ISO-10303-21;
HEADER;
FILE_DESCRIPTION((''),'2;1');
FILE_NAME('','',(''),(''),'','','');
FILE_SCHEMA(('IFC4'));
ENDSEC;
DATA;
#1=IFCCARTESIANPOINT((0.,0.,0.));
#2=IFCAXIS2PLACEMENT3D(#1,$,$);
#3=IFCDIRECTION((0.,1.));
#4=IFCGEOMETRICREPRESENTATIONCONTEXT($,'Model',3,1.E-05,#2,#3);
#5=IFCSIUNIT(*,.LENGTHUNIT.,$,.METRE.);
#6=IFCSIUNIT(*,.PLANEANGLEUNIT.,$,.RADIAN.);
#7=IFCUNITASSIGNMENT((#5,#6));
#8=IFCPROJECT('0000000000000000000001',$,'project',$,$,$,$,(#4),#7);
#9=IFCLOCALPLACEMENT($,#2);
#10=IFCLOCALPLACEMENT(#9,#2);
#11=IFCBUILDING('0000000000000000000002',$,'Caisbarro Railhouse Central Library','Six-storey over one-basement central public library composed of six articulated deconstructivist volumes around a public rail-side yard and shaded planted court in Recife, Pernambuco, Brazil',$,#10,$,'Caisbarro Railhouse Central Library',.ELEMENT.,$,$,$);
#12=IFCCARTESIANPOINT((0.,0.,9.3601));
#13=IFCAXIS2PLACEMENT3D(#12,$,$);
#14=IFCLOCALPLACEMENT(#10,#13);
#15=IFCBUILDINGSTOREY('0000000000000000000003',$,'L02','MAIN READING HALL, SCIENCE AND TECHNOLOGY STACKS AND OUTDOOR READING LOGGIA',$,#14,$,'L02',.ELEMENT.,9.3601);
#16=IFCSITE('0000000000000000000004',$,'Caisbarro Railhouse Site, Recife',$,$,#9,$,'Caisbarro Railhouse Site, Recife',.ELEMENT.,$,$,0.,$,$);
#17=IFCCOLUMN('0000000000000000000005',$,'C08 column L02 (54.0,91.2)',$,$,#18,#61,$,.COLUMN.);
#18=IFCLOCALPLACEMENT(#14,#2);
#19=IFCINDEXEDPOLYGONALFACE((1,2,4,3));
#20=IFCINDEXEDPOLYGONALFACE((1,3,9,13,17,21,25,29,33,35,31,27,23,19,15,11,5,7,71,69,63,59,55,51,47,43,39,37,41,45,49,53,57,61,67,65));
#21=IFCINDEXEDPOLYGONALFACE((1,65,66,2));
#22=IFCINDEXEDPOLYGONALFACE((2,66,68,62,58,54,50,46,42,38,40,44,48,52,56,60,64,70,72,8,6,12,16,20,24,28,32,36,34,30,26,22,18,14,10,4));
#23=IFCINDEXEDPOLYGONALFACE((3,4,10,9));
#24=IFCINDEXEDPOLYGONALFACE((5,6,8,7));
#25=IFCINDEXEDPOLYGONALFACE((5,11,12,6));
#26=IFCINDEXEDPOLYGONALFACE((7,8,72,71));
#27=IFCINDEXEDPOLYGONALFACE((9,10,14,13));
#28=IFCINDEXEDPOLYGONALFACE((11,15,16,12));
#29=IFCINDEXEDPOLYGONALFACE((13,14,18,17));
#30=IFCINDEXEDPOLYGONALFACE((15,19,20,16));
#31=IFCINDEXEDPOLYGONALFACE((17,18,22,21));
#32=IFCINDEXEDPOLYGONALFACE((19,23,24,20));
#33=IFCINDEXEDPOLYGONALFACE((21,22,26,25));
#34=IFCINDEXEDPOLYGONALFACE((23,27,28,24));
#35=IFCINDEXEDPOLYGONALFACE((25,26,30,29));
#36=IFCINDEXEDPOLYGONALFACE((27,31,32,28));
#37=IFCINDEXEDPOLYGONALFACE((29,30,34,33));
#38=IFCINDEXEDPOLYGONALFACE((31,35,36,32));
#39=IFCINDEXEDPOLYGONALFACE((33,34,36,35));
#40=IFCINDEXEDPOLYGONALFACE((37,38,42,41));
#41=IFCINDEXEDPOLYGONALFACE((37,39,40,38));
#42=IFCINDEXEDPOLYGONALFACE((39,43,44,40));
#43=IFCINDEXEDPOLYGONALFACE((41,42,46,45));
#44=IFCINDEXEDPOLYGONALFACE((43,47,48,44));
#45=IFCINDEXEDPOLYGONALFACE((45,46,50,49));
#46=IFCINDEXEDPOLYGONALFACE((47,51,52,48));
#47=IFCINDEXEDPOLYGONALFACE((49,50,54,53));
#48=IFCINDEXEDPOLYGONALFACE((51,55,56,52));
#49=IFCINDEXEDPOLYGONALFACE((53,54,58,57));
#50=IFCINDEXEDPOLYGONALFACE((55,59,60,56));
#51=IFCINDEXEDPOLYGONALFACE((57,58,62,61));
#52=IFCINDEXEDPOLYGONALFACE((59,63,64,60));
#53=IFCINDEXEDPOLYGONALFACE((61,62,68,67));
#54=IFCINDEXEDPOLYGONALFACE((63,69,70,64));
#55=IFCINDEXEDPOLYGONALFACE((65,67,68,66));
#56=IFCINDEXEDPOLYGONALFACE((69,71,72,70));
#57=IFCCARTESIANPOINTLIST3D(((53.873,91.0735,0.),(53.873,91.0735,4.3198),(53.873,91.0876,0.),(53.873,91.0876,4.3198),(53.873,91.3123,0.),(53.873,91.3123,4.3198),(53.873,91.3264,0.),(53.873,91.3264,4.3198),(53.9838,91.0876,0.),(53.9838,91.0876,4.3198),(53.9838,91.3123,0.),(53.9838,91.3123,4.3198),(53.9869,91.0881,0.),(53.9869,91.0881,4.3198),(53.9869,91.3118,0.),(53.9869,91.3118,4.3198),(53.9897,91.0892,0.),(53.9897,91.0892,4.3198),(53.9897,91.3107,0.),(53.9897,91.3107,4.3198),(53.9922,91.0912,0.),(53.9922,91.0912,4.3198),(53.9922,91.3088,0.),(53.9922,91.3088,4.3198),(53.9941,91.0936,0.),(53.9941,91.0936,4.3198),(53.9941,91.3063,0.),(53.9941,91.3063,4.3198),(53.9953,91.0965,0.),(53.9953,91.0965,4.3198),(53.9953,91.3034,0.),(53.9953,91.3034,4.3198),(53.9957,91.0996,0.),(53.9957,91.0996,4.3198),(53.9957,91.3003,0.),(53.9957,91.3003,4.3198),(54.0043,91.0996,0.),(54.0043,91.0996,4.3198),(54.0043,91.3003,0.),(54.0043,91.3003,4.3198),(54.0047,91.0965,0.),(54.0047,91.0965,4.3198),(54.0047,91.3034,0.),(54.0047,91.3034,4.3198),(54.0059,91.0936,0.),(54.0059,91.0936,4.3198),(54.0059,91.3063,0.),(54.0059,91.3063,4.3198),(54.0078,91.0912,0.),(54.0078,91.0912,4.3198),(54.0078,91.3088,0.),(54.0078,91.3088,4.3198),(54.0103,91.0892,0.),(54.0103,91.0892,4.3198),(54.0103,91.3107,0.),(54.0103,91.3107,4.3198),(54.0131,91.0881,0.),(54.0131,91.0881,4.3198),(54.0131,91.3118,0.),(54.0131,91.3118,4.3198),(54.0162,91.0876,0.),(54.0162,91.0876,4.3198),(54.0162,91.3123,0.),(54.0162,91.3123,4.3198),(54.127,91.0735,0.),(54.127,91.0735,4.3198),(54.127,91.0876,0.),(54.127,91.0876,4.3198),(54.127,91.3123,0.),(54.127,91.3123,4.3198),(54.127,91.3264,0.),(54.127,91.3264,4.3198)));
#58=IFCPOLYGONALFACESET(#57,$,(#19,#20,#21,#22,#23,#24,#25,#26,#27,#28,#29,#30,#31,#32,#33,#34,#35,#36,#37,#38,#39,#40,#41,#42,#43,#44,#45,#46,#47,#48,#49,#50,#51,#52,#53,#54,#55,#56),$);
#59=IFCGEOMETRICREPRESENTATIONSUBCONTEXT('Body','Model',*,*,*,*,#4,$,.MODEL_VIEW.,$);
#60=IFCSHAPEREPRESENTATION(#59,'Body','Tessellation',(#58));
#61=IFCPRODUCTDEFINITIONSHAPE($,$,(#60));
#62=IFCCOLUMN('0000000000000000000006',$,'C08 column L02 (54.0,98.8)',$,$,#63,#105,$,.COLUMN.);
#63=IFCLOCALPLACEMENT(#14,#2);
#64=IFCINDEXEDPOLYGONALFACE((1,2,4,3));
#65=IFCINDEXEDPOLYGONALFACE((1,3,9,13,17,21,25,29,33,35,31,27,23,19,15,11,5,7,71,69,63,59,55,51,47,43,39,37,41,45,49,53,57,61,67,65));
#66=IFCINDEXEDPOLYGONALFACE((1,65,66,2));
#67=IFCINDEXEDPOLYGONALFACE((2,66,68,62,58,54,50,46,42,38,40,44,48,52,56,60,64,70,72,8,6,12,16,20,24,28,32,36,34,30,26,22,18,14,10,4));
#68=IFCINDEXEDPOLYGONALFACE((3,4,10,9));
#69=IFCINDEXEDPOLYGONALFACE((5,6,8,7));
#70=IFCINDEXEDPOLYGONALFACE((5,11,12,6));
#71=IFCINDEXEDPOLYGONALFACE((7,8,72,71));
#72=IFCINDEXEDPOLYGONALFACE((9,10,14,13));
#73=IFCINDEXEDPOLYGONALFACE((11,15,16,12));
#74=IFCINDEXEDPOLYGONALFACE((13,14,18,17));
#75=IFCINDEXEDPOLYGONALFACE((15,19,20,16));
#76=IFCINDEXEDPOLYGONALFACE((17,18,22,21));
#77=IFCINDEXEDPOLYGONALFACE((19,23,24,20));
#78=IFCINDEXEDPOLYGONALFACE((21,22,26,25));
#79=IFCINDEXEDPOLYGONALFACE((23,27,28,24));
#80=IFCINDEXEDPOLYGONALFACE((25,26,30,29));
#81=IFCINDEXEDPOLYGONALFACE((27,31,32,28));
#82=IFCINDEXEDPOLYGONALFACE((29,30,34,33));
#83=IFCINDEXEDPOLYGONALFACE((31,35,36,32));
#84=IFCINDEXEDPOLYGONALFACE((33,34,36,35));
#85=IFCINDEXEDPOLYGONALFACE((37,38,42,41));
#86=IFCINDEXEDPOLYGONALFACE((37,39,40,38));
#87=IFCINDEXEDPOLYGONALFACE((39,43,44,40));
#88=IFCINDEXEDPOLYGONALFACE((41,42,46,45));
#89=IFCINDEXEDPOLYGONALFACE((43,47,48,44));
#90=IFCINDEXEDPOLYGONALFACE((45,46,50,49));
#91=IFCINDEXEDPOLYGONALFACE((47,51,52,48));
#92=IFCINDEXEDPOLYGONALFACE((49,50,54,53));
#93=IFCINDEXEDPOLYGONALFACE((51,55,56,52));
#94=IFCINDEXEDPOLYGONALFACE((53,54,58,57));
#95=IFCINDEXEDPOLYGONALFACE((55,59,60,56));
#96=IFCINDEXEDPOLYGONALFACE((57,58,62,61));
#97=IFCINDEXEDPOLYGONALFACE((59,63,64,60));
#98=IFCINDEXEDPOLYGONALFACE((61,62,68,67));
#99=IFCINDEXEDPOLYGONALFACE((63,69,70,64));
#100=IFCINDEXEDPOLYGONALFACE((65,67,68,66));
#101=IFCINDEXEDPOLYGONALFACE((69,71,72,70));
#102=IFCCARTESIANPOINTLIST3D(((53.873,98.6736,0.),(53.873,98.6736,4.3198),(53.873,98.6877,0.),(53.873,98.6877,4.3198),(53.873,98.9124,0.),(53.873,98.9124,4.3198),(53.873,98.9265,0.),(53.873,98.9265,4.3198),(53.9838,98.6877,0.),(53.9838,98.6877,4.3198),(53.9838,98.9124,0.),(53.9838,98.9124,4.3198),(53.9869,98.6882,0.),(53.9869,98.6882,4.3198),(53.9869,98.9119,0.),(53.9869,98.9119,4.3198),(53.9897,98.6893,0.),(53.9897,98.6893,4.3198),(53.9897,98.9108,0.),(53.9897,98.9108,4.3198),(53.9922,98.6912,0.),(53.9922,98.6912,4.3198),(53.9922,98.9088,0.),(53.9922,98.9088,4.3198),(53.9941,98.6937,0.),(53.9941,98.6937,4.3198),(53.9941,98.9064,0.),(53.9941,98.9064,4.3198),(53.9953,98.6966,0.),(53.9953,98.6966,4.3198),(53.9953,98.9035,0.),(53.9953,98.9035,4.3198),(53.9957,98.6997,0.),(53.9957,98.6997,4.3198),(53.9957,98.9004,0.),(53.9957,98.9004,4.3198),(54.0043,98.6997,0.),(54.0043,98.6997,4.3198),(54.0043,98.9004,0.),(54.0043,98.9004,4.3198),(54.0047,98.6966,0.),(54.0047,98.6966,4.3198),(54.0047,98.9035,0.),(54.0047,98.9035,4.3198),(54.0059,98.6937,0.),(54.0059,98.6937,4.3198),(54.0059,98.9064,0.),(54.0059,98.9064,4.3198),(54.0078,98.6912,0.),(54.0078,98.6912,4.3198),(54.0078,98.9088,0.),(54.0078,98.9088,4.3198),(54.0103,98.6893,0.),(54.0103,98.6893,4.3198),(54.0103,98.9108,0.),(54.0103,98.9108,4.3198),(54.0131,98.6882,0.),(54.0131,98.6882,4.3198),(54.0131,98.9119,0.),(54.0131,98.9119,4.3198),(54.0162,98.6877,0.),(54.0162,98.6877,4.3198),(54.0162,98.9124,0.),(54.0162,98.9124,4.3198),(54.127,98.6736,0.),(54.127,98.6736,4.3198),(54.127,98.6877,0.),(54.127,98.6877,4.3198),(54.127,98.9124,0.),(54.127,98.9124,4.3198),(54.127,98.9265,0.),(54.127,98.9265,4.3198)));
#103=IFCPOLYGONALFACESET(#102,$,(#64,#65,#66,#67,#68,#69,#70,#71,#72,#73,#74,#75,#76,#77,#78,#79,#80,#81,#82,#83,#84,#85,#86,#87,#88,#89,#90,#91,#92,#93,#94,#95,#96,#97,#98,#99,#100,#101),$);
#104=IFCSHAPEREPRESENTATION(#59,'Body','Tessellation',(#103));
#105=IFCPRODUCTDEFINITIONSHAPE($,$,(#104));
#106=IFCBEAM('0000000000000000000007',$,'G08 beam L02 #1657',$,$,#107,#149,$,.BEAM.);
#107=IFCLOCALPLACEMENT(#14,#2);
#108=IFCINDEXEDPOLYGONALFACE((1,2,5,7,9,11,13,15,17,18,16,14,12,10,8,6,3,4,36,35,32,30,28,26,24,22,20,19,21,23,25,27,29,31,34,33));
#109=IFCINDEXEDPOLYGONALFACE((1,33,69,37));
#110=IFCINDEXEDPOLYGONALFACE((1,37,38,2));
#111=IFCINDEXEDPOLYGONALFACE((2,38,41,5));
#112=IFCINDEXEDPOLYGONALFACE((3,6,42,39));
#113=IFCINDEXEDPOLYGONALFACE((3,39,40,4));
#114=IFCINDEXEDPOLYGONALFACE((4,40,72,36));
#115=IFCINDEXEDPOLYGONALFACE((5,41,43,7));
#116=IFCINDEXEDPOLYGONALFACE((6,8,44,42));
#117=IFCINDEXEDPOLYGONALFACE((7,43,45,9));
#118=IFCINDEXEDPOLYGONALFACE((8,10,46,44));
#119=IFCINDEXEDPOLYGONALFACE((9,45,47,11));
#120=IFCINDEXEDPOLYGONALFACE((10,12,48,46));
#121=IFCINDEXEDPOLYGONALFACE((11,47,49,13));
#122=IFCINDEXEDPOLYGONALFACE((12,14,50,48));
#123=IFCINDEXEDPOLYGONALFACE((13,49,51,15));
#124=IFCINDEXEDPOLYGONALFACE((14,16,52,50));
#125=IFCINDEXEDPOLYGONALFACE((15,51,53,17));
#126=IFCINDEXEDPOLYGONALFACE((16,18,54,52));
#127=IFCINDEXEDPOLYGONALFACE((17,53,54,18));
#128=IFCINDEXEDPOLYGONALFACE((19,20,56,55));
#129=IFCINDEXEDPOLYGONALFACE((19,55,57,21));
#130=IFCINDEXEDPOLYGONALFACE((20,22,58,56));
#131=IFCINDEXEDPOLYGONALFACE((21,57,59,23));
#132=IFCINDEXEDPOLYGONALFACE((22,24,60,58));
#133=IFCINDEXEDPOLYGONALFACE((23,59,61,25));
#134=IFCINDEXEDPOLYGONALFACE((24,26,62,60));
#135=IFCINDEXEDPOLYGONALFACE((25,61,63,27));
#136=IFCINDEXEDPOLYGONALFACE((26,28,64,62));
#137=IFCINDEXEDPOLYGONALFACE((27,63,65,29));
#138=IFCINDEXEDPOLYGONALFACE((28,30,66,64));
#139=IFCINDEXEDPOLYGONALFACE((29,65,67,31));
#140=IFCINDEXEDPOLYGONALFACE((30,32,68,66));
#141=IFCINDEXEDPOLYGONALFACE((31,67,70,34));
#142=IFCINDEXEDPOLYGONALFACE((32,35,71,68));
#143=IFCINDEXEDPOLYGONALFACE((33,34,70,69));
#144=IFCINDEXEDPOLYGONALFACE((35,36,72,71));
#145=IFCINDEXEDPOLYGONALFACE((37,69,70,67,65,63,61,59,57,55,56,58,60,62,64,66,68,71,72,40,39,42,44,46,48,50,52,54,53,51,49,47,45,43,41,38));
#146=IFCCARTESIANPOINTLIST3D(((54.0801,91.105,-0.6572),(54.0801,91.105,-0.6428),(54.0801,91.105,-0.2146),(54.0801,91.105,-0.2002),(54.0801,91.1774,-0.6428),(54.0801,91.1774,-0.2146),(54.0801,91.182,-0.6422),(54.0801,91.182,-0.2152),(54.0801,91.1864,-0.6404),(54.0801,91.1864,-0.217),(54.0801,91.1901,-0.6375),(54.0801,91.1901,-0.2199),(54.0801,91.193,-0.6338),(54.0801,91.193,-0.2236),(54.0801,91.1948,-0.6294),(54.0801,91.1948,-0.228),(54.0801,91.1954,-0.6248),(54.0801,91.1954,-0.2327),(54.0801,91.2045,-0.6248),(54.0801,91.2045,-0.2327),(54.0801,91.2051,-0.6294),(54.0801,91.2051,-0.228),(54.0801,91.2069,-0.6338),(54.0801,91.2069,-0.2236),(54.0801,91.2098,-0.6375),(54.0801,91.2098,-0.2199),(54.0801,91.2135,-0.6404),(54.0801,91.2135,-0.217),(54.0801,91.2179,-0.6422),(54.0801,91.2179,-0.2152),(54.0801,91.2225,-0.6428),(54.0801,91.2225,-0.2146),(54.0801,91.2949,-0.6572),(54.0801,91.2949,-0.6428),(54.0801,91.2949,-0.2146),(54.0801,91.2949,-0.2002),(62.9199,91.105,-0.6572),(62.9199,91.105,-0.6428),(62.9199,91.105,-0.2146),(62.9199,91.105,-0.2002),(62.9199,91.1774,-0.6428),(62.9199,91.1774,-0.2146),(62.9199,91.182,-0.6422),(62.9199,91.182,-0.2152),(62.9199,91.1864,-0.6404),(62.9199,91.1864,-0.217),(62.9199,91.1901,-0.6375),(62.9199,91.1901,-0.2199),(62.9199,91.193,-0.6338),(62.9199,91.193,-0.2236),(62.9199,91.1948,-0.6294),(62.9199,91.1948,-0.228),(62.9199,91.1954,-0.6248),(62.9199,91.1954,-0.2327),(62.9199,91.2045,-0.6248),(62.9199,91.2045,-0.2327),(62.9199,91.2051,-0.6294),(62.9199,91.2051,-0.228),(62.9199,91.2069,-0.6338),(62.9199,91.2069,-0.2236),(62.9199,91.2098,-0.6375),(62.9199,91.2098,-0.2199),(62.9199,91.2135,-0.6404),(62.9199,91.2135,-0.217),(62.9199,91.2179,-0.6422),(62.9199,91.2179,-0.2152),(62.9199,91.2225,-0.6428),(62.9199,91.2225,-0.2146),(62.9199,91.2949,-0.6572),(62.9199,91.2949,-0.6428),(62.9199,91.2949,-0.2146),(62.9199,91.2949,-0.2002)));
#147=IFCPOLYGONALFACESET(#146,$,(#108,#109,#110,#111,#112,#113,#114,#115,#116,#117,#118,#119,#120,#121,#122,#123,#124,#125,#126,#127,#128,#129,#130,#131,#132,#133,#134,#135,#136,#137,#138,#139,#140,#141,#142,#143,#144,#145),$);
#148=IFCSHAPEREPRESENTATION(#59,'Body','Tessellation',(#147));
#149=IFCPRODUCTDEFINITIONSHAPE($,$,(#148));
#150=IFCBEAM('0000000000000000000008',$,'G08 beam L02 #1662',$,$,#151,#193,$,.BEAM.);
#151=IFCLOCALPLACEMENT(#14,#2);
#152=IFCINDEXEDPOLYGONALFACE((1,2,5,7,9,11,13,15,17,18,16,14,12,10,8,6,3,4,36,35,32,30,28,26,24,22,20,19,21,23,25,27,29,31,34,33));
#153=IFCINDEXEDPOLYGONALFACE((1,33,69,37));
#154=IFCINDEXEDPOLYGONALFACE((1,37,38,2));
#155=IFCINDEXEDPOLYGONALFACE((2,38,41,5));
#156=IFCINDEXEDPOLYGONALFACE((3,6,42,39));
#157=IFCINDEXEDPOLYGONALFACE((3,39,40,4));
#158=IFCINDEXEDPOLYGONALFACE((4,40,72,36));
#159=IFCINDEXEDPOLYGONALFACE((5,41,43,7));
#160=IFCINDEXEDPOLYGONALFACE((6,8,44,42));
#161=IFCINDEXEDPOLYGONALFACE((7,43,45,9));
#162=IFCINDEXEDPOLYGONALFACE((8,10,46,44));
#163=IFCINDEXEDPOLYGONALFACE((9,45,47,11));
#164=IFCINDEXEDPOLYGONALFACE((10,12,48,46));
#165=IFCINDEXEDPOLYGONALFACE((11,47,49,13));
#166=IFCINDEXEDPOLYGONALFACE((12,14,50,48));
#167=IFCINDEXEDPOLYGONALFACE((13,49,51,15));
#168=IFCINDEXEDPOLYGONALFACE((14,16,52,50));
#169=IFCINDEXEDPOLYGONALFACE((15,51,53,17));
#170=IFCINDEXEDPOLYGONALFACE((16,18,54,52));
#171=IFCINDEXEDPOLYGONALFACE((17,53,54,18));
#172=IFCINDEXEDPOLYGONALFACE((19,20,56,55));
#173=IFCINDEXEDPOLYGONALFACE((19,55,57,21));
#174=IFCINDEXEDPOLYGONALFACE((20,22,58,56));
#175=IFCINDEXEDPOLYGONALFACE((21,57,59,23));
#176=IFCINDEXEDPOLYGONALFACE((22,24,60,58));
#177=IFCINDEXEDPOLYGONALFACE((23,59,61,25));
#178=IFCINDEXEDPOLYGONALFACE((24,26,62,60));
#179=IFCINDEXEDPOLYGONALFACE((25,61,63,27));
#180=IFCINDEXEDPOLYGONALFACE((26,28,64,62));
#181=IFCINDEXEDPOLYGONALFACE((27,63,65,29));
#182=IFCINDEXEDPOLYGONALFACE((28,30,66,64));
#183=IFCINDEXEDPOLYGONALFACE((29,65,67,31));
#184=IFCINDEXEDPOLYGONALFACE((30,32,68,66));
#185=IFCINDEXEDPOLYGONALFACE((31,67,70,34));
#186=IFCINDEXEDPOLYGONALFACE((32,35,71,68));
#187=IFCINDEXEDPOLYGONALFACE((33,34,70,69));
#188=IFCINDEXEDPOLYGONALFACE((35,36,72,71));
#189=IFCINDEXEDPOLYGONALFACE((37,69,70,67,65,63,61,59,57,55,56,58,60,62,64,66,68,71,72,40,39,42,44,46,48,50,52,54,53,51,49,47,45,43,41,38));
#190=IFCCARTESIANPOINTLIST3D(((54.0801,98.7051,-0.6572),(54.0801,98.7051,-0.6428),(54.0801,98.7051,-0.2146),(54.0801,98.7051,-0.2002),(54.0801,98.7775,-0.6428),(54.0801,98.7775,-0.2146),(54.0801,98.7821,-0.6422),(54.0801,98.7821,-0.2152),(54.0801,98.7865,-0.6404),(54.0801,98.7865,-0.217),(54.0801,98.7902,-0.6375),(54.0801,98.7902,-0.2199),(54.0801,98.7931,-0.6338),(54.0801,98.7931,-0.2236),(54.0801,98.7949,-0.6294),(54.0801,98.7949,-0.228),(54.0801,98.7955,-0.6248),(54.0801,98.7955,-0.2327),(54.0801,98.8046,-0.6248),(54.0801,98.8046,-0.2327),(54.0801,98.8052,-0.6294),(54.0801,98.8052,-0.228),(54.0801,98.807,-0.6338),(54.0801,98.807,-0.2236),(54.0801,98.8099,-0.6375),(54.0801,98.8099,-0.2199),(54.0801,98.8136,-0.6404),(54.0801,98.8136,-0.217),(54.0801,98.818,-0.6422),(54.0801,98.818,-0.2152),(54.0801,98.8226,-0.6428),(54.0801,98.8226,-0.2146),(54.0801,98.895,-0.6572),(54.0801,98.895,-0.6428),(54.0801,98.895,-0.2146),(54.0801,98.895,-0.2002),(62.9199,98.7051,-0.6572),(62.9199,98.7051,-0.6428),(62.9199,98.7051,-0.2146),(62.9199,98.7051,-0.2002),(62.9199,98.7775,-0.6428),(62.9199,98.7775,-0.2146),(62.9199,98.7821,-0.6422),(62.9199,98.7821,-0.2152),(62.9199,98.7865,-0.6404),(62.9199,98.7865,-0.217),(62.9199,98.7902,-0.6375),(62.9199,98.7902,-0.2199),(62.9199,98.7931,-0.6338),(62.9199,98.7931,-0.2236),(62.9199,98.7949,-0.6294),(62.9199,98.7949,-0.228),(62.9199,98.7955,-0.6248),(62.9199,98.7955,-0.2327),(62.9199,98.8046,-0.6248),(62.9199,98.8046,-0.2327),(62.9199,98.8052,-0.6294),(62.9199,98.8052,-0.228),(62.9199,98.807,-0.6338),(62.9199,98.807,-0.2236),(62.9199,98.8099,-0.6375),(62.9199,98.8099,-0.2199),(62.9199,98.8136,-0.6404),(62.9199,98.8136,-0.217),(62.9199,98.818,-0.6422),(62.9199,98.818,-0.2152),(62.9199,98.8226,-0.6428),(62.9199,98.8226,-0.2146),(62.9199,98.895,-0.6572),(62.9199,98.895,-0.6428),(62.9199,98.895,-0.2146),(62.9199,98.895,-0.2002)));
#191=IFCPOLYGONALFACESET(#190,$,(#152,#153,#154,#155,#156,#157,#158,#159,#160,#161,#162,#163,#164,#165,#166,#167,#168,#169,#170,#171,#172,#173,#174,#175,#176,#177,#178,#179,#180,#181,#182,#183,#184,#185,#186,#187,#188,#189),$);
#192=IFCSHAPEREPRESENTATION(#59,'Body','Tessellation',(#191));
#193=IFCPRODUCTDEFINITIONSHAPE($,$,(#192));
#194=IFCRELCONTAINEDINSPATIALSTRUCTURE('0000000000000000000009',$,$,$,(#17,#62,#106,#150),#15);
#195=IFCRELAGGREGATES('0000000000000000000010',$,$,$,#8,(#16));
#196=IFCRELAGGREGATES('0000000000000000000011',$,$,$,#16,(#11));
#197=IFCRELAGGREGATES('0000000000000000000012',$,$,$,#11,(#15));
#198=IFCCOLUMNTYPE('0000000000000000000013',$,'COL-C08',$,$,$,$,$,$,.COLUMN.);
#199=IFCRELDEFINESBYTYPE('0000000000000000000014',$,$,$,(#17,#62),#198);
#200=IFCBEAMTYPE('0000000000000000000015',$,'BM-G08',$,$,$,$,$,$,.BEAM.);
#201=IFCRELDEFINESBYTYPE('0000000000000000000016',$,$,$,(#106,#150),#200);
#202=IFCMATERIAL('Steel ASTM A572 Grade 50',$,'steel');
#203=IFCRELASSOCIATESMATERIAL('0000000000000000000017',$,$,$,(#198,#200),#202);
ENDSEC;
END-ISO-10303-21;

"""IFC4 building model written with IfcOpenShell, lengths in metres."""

from ifc_helpers import new_model, si_unit, direction, frame, origin, origin_2d, place, context, subcontext, project, spatial, i_section, extrude, material, material_profile, profile_set, type_object, element, save


model = new_model("IFC4")

# Units and contexts
model_context = context("Model", 3, precision=1e-05, world=origin(), true_north=direction((0.0, 1.0)))
body_context = subcontext(model_context, "Body", "Model", "MODEL_VIEW")
ifc_project = project(units=[si_unit("LENGTHUNIT", "METRE"), si_unit("PLANEANGLEUNIT", "RADIAN")], contexts=[model_context])

# Site, building, storey
site_placement = place(None, origin())
site = spatial("IfcSite", under=ifc_project, at=site_placement, Name="Caisbarro Railhouse Site, Recife", LongName="Caisbarro Railhouse Site, Recife", CompositionType="ELEMENT", RefElevation=0.0)
building_placement = place(site_placement, origin())
building = spatial("IfcBuilding", under=site, at=building_placement, Name="Caisbarro Railhouse Central Library", Description="Six-storey over one-basement central public library composed of six articulated deconstructivist volumes around a public rail-side yard and shaded planted court in Recife, Pernambuco, Brazil", LongName="Caisbarro Railhouse Central Library", CompositionType="ELEMENT")
storey_placement = place(building_placement, frame((0.0, 0.0, 9.3601)))
storey = spatial("IfcBuildingStorey", under=building, at=storey_placement, Name="L02", Description="MAIN READING HALL, SCIENCE AND TECHNOLOGY STACKS AND OUTDOOR READING LOGGIA", LongName="L02", CompositionType="ELEMENT", Elevation=9.3601)

# Columns
ifc_material_1 = material(Name="Steel ASTM A572 Grade 50", Category="steel")
ifc_material_profile_1 = material_profile(ifc_material_1, i_section(OverallWidth=0.2539, OverallDepth=0.2529, WebThickness=0.0085, FlangeThickness=0.0142, FilletRadius=0.012, at=origin_2d()), Name="W250X73.0")
ifc_profile_set_1 = profile_set([ifc_material_profile_1], Name="Steel ASTM A572 Grade 50")
column_type = type_object("IfcColumnType", Name="COL-C08", PredefinedType="COLUMN", material=ifc_profile_set_1)
for number, where, z_axis, x_axis, name in (
    (1, (54.0, 91.2, 0.0), (0.0, 0.0, 1.0), (1.0, 0.0, 0.0), "C08 column L02 (54.0,91.2)"),
    (2, (54.0, 98.8, 0.0), (0.0, 0.0, 1.0), (1.0, 0.0, 0.0), "C08 column L02 (54.0,98.8)"),
):
    element("IfcColumn", number, at=place(storey_placement, frame(where, z_axis=z_axis, x_axis=x_axis)), inside=storey, type_object=column_type, Name=name, PredefinedType="COLUMN", context=body_context, shape_type="SweptSolid", body=[
        extrude(i_section(OverallWidth=0.2539, OverallDepth=0.2529, WebThickness=0.0085, FlangeThickness=0.0142, FilletRadius=0.012, at=origin_2d()), origin(), (0.0, 0.0, 1.0), 4.3198),
    ])

# Beams
ifc_material_profile_2 = material_profile(ifc_material_1, i_section(OverallWidth=0.1899, OverallDepth=0.457, WebThickness=0.009, FlangeThickness=0.0144, FilletRadius=0.0181, at=origin_2d()), Name="W460X74.0")
ifc_profile_set_2 = profile_set([ifc_material_profile_2], Name="Steel ASTM A572 Grade 50")
beam_type_1 = type_object("IfcBeamType", Name="BM-G08", PredefinedType="BEAM", material=ifc_profile_set_2)
for number, where, z_axis, x_axis, name in (
    (3, (54.0801, 91.2, -0.4287), (1.0, 0.0, 0.0), (0.0, 1.0, 0.0), "G08 beam L02 #1657"),
    (4, (54.0801, 98.8, -0.4287), (1.0, 0.0, 0.0), (0.0, 1.0, 0.0), "G08 beam L02 #1662"),
):
    element("IfcBeam", number, at=place(storey_placement, frame(where, z_axis=z_axis, x_axis=x_axis)), inside=storey, type_object=beam_type_1, Name=name, PredefinedType="BEAM", context=body_context, shape_type="SweptSolid", body=[
        extrude(i_section(OverallWidth=0.1899, OverallDepth=0.457, WebThickness=0.009, FlangeThickness=0.0144, FilletRadius=0.0181, at=origin_2d()), origin(), (0.0, 0.0, 1.0), 8.8398),
    ])

save(model, "model.ifc")
